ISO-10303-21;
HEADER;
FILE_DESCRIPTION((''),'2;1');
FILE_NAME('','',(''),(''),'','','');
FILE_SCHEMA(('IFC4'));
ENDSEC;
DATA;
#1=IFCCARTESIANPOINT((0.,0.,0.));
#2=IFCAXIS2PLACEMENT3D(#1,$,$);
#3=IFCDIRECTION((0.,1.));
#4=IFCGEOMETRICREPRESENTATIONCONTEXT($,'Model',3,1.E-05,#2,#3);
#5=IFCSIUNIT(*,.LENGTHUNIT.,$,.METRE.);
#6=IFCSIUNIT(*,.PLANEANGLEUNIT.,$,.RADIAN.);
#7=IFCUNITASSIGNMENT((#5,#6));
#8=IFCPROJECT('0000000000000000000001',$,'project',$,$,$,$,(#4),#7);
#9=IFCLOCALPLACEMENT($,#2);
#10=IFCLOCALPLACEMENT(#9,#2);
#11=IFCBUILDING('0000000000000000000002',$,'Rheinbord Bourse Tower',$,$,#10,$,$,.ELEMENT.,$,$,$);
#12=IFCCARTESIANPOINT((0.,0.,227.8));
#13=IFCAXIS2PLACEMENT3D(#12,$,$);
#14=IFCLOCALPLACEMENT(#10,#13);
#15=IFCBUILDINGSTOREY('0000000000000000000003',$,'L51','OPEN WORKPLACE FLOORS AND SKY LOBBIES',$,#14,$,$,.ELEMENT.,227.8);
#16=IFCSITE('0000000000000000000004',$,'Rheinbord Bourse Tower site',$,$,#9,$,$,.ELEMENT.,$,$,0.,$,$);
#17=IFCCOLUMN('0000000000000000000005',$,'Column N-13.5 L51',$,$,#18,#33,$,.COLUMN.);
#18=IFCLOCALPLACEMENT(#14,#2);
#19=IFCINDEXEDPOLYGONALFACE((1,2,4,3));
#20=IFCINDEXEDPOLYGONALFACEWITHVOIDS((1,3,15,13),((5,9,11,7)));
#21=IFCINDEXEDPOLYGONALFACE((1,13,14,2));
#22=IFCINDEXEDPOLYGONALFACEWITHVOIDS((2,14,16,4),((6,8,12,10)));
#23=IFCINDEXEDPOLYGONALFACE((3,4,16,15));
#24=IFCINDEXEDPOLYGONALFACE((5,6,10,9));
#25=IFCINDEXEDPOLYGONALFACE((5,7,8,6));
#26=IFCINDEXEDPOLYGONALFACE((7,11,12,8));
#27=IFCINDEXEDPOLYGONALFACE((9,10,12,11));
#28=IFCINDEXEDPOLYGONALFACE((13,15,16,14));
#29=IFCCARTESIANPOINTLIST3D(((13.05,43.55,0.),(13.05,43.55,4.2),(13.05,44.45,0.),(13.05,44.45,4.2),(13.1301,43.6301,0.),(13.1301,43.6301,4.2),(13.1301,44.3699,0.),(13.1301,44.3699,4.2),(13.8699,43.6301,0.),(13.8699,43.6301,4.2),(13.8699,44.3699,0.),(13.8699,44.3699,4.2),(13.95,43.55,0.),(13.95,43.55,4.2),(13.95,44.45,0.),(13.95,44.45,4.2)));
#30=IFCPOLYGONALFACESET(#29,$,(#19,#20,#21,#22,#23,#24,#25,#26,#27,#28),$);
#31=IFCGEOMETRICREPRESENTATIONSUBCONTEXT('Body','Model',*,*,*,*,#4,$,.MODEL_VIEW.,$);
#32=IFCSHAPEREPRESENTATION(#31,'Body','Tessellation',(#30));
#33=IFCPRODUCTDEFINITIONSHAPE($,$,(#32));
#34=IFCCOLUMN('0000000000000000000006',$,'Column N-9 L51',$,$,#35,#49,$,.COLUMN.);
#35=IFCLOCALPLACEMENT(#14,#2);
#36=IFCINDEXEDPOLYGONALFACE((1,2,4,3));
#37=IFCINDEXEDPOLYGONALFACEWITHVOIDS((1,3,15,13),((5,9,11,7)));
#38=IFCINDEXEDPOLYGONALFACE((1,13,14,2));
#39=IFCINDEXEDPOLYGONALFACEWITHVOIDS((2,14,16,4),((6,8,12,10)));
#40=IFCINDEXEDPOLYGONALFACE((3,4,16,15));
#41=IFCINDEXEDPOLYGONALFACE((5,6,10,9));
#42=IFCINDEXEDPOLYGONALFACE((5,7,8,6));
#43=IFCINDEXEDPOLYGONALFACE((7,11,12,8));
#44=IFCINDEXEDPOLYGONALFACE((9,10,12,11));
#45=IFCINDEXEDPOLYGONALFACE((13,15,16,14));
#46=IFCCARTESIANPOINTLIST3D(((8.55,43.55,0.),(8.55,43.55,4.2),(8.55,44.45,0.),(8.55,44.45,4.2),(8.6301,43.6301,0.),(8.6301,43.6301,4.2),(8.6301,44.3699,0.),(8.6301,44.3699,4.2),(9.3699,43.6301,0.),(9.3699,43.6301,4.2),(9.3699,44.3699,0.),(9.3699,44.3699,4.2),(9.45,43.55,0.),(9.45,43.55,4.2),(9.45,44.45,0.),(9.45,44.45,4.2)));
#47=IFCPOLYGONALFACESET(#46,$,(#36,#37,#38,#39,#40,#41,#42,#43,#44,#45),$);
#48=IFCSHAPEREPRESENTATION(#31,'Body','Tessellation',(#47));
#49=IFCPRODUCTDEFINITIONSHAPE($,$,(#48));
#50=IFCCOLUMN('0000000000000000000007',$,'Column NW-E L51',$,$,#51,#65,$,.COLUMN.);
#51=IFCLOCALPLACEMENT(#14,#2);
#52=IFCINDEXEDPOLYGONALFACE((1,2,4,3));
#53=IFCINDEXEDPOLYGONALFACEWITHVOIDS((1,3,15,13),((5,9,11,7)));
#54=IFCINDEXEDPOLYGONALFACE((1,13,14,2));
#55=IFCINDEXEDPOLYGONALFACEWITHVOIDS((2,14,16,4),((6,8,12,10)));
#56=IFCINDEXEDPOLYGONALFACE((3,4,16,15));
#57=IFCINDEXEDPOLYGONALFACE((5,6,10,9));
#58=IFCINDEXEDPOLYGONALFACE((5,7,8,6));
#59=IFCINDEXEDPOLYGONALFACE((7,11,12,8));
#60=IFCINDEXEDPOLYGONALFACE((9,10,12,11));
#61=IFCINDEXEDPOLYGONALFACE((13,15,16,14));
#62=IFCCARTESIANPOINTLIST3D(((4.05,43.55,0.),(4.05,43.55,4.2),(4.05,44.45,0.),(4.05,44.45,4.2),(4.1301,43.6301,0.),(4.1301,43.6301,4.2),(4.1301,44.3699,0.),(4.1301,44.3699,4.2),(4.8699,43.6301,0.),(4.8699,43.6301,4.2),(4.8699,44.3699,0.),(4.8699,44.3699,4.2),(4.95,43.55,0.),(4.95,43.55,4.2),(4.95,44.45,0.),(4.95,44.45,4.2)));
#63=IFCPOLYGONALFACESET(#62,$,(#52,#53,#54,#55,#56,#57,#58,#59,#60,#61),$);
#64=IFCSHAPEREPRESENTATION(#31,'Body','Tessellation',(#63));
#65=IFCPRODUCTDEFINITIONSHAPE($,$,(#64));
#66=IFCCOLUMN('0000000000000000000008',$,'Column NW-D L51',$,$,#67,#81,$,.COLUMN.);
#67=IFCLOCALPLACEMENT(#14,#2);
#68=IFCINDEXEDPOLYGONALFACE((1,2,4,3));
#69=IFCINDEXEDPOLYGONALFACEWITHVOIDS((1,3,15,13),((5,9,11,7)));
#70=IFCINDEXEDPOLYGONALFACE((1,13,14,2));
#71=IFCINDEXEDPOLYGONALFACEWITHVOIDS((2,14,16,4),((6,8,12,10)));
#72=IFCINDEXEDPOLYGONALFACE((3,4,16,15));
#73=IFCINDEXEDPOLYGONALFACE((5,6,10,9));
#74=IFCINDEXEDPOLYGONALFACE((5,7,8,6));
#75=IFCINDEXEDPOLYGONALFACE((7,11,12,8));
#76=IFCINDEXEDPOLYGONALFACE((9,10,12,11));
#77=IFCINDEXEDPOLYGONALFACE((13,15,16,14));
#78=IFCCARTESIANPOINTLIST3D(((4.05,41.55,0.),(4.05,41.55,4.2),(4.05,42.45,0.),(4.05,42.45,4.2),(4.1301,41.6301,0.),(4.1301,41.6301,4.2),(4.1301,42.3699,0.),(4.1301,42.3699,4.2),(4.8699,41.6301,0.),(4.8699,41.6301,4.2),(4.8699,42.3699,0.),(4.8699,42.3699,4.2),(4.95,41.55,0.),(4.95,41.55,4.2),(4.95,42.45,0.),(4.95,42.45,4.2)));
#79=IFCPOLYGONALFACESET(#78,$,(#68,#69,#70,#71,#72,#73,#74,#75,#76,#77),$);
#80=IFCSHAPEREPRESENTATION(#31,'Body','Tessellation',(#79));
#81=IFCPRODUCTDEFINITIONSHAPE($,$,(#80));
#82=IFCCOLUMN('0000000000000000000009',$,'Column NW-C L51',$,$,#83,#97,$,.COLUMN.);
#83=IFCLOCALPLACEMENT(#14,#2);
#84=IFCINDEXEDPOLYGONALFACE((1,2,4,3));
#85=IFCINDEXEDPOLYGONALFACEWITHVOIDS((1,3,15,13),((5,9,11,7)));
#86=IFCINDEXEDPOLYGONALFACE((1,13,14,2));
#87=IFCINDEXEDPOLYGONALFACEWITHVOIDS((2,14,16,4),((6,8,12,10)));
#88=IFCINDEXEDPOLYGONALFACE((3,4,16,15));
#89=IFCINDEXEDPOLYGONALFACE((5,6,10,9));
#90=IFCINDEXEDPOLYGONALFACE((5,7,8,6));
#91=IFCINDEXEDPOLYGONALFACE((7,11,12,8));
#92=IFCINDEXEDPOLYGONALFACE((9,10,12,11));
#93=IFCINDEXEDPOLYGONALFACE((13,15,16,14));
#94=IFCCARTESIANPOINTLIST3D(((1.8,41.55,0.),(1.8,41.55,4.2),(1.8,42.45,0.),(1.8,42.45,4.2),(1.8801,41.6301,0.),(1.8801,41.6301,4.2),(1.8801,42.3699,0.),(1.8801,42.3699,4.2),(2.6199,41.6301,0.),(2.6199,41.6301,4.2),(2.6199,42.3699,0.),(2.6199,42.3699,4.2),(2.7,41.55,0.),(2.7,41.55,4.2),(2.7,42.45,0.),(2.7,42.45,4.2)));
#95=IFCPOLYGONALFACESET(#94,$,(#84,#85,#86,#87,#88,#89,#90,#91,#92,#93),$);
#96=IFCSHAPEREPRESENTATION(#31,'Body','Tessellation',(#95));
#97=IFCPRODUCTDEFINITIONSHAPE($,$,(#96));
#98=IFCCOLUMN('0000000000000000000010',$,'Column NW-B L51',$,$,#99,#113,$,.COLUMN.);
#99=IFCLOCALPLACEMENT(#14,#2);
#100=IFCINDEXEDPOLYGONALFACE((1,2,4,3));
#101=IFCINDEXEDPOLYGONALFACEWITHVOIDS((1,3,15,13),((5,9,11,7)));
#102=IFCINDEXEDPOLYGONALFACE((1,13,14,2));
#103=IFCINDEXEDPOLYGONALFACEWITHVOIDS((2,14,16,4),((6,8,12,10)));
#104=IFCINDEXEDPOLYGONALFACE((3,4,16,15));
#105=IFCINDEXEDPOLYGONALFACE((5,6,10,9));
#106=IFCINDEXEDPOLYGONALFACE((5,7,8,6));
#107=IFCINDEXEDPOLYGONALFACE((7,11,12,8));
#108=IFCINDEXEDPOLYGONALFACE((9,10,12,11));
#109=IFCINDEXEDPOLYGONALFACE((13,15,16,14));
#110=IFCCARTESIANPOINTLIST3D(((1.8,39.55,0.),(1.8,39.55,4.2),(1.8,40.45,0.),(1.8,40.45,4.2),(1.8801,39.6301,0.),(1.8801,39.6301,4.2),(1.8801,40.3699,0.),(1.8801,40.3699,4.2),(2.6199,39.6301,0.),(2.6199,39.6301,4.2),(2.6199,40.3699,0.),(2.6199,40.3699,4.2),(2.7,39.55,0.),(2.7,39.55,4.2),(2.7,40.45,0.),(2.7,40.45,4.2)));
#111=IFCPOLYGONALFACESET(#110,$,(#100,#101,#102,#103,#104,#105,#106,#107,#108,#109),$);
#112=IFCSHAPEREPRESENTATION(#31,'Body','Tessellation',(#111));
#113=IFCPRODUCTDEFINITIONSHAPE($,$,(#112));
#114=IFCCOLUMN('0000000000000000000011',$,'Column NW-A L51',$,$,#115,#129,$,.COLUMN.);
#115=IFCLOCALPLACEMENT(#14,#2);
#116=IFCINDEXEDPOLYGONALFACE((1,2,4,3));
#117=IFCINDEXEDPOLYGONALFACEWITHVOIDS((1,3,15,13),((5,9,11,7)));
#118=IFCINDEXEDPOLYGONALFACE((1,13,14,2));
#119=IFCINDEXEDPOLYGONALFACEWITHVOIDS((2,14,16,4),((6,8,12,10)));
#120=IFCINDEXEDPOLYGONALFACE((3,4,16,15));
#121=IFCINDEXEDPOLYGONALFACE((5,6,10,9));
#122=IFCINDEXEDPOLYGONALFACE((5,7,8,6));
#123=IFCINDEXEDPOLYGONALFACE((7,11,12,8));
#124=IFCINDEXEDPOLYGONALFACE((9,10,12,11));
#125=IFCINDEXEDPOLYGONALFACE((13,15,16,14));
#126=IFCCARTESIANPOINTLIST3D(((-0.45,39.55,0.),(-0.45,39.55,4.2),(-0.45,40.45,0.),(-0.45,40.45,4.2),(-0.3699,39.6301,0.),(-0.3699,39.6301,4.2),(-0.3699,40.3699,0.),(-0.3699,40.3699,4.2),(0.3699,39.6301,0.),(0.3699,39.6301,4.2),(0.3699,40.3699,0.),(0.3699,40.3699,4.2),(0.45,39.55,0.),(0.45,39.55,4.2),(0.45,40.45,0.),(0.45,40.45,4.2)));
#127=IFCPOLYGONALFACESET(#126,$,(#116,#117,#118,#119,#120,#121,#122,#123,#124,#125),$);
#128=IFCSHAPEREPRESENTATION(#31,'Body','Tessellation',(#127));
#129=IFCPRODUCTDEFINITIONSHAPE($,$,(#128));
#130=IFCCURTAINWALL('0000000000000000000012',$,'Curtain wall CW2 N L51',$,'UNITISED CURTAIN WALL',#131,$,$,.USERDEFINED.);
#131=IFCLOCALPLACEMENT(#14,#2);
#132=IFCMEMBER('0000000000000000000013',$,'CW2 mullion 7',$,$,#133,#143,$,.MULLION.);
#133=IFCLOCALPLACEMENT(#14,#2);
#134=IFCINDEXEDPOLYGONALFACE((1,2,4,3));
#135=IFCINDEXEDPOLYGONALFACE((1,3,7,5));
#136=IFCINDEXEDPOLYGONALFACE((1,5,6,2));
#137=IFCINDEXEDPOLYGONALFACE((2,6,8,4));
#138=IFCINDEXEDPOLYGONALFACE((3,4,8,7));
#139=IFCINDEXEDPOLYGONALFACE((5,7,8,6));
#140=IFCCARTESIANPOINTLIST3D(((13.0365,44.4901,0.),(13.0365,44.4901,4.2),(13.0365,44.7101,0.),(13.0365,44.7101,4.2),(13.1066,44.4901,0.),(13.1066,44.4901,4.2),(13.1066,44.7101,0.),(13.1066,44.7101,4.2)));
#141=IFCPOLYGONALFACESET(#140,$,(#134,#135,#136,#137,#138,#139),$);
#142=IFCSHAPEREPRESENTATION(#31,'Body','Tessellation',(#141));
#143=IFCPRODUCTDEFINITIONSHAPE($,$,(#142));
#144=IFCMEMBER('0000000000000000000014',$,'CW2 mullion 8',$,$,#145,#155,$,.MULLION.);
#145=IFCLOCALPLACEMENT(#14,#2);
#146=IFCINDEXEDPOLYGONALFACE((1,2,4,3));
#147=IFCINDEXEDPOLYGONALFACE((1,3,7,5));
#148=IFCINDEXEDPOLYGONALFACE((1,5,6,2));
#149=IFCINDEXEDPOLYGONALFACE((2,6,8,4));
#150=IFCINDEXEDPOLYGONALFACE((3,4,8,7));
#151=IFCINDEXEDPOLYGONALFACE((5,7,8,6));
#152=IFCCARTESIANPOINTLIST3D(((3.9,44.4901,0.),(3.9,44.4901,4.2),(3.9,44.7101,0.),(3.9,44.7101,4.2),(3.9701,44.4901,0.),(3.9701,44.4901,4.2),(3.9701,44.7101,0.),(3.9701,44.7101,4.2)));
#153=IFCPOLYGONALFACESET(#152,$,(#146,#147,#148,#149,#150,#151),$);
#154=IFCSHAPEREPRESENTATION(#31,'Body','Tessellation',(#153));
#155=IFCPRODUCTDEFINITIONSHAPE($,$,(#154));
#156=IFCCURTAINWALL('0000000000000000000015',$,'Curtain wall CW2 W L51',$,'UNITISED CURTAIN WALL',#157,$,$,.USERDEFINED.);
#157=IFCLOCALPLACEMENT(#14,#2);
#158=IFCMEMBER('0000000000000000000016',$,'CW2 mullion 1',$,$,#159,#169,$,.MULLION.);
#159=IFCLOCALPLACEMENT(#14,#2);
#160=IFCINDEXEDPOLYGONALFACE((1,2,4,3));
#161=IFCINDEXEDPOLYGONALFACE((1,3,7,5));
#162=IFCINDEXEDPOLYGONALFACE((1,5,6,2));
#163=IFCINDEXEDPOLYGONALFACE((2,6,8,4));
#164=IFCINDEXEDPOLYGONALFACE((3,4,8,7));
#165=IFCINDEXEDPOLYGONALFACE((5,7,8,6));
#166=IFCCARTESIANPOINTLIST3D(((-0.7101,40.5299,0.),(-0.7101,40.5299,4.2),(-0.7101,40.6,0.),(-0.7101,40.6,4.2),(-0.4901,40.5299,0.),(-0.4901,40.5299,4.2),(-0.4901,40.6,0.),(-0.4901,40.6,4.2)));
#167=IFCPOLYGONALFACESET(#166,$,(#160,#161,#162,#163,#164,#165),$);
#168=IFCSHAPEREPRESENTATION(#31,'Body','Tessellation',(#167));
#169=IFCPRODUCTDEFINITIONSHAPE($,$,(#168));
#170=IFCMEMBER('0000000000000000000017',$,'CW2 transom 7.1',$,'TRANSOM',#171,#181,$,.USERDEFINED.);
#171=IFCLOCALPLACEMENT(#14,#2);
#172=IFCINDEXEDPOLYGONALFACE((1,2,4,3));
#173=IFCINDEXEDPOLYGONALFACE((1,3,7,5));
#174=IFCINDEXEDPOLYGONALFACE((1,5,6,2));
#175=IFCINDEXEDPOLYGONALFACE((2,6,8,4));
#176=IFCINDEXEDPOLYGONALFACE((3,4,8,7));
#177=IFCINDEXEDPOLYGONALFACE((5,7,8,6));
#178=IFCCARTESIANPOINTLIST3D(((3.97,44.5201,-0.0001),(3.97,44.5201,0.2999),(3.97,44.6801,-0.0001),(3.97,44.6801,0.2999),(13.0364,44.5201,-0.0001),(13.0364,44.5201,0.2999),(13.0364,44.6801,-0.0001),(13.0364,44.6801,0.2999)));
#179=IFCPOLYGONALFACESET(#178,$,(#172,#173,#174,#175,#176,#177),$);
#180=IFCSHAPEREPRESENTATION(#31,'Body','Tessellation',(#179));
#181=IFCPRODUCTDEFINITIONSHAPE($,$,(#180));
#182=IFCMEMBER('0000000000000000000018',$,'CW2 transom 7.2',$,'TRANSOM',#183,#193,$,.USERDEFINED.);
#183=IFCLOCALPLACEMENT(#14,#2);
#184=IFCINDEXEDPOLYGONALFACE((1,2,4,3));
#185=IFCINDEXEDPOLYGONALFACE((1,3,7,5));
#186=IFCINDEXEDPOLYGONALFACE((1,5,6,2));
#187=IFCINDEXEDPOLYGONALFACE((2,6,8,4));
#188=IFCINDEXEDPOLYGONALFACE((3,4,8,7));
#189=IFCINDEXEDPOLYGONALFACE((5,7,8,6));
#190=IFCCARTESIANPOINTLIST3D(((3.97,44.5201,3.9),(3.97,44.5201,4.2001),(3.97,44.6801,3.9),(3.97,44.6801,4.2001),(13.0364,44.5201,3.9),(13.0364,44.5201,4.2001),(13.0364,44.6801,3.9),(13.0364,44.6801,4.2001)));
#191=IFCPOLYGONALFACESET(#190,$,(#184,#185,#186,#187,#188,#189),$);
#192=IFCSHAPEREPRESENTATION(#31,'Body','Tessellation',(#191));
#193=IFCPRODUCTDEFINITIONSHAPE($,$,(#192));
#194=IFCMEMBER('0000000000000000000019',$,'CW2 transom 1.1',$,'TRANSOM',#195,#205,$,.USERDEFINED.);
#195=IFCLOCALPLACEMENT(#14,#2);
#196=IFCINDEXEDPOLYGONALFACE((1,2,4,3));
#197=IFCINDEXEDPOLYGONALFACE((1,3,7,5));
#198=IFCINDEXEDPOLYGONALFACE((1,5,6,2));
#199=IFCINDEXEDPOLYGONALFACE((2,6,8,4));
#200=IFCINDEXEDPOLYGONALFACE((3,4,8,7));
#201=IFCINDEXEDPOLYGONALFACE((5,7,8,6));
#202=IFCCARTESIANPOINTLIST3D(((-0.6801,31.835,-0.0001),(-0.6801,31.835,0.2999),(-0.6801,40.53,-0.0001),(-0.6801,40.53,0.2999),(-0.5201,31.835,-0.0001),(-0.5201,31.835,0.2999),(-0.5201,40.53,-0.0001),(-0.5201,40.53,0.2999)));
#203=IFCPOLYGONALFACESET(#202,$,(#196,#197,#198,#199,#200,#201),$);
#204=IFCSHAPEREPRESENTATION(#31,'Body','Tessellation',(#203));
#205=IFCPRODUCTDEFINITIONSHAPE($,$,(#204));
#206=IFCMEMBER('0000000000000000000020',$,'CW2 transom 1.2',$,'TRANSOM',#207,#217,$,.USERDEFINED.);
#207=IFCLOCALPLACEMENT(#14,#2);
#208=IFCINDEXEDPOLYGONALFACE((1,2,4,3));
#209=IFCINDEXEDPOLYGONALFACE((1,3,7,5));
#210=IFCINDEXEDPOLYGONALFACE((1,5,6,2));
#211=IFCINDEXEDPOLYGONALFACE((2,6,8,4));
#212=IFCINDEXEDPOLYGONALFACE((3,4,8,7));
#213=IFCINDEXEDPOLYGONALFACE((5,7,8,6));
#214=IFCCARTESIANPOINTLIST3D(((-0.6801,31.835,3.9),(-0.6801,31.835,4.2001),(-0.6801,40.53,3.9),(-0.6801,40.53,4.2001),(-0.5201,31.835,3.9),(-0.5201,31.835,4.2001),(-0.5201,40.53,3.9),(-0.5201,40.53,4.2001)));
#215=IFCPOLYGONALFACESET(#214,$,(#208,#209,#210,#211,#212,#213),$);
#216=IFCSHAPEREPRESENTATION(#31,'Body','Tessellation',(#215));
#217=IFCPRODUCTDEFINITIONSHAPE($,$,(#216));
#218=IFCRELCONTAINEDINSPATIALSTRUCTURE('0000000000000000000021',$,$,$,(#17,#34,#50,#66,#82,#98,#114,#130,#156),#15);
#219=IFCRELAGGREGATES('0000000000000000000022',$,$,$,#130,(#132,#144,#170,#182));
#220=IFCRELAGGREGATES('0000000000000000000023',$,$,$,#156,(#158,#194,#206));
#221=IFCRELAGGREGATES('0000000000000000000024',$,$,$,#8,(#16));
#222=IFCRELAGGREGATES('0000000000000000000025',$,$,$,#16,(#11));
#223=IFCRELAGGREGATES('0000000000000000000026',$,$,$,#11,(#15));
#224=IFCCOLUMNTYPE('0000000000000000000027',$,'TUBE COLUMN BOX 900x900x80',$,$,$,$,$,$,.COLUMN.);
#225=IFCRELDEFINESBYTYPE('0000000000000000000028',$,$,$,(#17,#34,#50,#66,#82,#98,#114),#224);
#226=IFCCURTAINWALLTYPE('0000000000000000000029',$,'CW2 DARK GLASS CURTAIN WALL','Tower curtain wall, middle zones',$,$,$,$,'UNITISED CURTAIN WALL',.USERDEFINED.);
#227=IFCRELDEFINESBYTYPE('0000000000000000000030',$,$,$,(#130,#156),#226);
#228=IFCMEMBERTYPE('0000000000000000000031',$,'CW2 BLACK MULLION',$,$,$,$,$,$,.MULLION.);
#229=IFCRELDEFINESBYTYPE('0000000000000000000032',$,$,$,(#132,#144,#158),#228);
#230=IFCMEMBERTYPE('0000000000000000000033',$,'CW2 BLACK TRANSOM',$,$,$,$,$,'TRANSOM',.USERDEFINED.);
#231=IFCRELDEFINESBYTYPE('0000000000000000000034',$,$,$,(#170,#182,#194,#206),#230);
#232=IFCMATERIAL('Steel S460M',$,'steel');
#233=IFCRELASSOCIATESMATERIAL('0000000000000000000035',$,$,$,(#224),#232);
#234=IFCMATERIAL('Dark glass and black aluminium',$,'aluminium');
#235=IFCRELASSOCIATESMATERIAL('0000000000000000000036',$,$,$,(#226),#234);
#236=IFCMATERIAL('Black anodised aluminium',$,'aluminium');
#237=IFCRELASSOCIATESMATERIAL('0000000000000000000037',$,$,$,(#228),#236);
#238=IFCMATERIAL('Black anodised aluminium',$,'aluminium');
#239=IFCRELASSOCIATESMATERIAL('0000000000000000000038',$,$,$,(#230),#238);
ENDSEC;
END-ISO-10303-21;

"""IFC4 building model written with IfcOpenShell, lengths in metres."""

from ifc_helpers import new_model, si_unit, direction, frame, origin, origin_2d, place, context, subcontext, project, spatial, rectangle, hollow_rectangle, extrude, material, material_profile, profile_set, type_object, element, aggregate, save


model = new_model("IFC4")

# Units and contexts
model_context = context("Model", 3, precision=1e-05, world=origin(), true_north=direction((0.0, 1.0)))
body_context = subcontext(model_context, "Body", "Model", "MODEL_VIEW")
ifc_project = project(units=[si_unit("LENGTHUNIT", "METRE"), si_unit("PLANEANGLEUNIT", "RADIAN")], contexts=[model_context])

# Site, building, storey
site_placement = place(None, origin())
site = spatial("IfcSite", under=ifc_project, at=site_placement, Name="Rheinbord Bourse Tower site", CompositionType="ELEMENT", RefElevation=0.0)
building_placement = place(site_placement, origin())
building = spatial("IfcBuilding", under=site, at=building_placement, Name="Rheinbord Bourse Tower", CompositionType="ELEMENT")
storey_placement = place(building_placement, frame((0.0, 0.0, 227.8)))
storey = spatial("IfcBuildingStorey", under=building, at=storey_placement, Name="L51", Description="OPEN WORKPLACE FLOORS AND SKY LOBBIES", CompositionType="ELEMENT", Elevation=227.8)

# Columns
ifc_material_1 = material(Name="Steel S460M", Category="steel")
ifc_material_profile_1 = material_profile(ifc_material_1, hollow_rectangle(XDim=0.8999, YDim=0.8999, WallThickness=0.0801, at=origin_2d()), Name="BOX 900x900x80")
ifc_profile_set_1 = profile_set([ifc_material_profile_1], Name="Steel S460M")
column_type = type_object("IfcColumnType", Name="TUBE COLUMN BOX 900x900x80", PredefinedType="COLUMN", material=ifc_profile_set_1)
for number, where, z_axis, x_axis, name in (
    (1, (13.5, 44.0, 0.0), (0.0, 0.0, 1.0), (0.0, 1.0, 0.0), "Column N-13.5 L51"),
    (2, (9.0, 44.0, 0.0), (0.0, 0.0, 1.0), (0.0, 1.0, 0.0), "Column N-9 L51"),
    (3, (4.5, 44.0, 0.0), (0.0, 0.0, 1.0), (0.0, 1.0, 0.0), "Column NW-E L51"),
    (4, (4.5, 42.0, 0.0), (0.0, 0.0, 1.0), (0.0, 1.0, 0.0), "Column NW-D L51"),
    (5, (2.25, 42.0, 0.0), (0.0, 0.0, 1.0), (1.0, 0.0, 0.0), "Column NW-C L51"),
    (6, (2.25, 40.0, 0.0), (0.0, 0.0, 1.0), (1.0, 0.0, 0.0), "Column NW-B L51"),
    (7, (0.0, 40.0, 0.0), (0.0, 0.0, 1.0), (1.0, 0.0, 0.0), "Column NW-A L51"),
):
    element("IfcColumn", number, at=place(storey_placement, frame(where, z_axis=z_axis, x_axis=x_axis)), inside=storey, type_object=column_type, Name=name, PredefinedType="COLUMN", context=body_context, shape_type="SweptSolid", body=[
        extrude(hollow_rectangle(XDim=0.8999, YDim=0.8999, WallThickness=0.0801, at=origin_2d()), origin(), (0.0, 0.0, 1.0), 4.2),
    ])

# Curtain wall, members
ifc_material_2 = material(Name="Dark glass and black aluminium", Category="aluminium")
curtain_wall_type = type_object("IfcCurtainWallType", Name="CW2 DARK GLASS CURTAIN WALL", Description="Tower curtain wall, middle zones", ElementType="UNITISED CURTAIN WALL", PredefinedType="USERDEFINED", material=ifc_material_2)
curtain_wall_1_placement = place(storey_placement, origin())
curtain_wall_1 = element("IfcCurtainWall", 8, at=curtain_wall_1_placement, inside=storey, type_object=curtain_wall_type, Name="Curtain wall CW2 N L51", ObjectType="UNITISED CURTAIN WALL", PredefinedType="USERDEFINED")
ifc_material_3 = material(Name="Black anodised aluminium", Category="aluminium")
ifc_material_profile_2 = material_profile(ifc_material_3, rectangle(XDim=0.22, YDim=0.0701, at=origin_2d()), Name="CW2 MULLION 70x220")
ifc_profile_set_2 = profile_set([ifc_material_profile_2], Name="Black anodised aluminium")
member_type_1 = type_object("IfcMemberType", Name="CW2 BLACK MULLION", PredefinedType="MULLION", material=ifc_profile_set_2)
member_1_placement = place(storey_placement, frame((13.0715, 44.6001, 0.0), z_axis=(0.0, 0.0, 1.0), x_axis=(0.0, -1.0, 0.0)))
member_1 = element("IfcMember", 9, at=member_1_placement, type_object=member_type_1, Name="CW2 mullion 7", PredefinedType="MULLION", context=body_context, shape_type="SweptSolid", body=[
    extrude(rectangle(XDim=0.22, YDim=0.0701, at=origin_2d()), origin(), (0.0, 0.0, 1.0), 4.2),
])
member_2_placement = place(storey_placement, frame((3.9351, 44.6001, 0.0), z_axis=(0.0, 0.0, 1.0), x_axis=(0.0, -1.0, 0.0)))
member_2 = element("IfcMember", 10, at=member_2_placement, type_object=member_type_1, Name="CW2 mullion 8", PredefinedType="MULLION", context=body_context, shape_type="SweptSolid", body=[
    extrude(rectangle(XDim=0.22, YDim=0.0701, at=origin_2d()), origin(), (0.0, 0.0, 1.0), 4.2),
])

# Curtain wall, member
curtain_wall_2_placement = place(storey_placement, origin())
curtain_wall_2 = element("IfcCurtainWall", 11, at=curtain_wall_2_placement, inside=storey, type_object=curtain_wall_type, Name="Curtain wall CW2 W L51", ObjectType="UNITISED CURTAIN WALL", PredefinedType="USERDEFINED")
member_3_placement = place(storey_placement, frame((-0.6001, 40.5649, 0.0), z_axis=(0.0, 0.0, 1.0), x_axis=(1.0, 0.0, 0.0)))
member_3 = element("IfcMember", 12, at=member_3_placement, type_object=member_type_1, Name="CW2 mullion 1", PredefinedType="MULLION", context=body_context, shape_type="SweptSolid", body=[
    extrude(rectangle(XDim=0.22, YDim=0.0701, at=origin_2d()), origin(), (0.0, 0.0, 1.0), 4.2),
])

# Members
ifc_material_4 = material(Name="Black anodised aluminium", Category="aluminium")
ifc_material_profile_3 = material_profile(ifc_material_4, rectangle(XDim=0.1599, YDim=0.3, at=origin_2d()), Name="CW2 TRANSOM 300x160")
ifc_profile_set_3 = profile_set([ifc_material_profile_3], Name="Black anodised aluminium")
member_type_2 = type_object("IfcMemberType", Name="CW2 BLACK TRANSOM", ElementType="TRANSOM", PredefinedType="USERDEFINED", material=ifc_profile_set_3)
member_4_placement = place(storey_placement, frame((13.0364, 44.6001, 0.1499), z_axis=(-1.0, 0.0, 0.0), x_axis=(0.0, -1.0, 0.0)))
member_4 = element("IfcMember", 13, at=member_4_placement, type_object=member_type_2, Name="CW2 transom 7.1", ObjectType="TRANSOM", PredefinedType="USERDEFINED", context=body_context, shape_type="SweptSolid", body=[
    extrude(rectangle(XDim=0.1599, YDim=0.3, at=origin_2d()), origin(), (0.0, 0.0, 1.0), 9.0664),
])
member_5_placement = place(storey_placement, frame((13.0364, 44.6001, 4.05), z_axis=(-1.0, 0.0, 0.0), x_axis=(0.0, -1.0, 0.0)))
member_5 = element("IfcMember", 14, at=member_5_placement, type_object=member_type_2, Name="CW2 transom 7.2", ObjectType="TRANSOM", PredefinedType="USERDEFINED", context=body_context, shape_type="SweptSolid", body=[
    extrude(rectangle(XDim=0.1599, YDim=0.3, at=origin_2d()), origin(), (0.0, 0.0, 1.0), 9.0664),
])
member_6_placement = place(storey_placement, frame((-0.6001, 40.53, 0.1499), z_axis=(0.0, -1.0, 0.0), x_axis=(1.0, 0.0, 0.0)))
member_6 = element("IfcMember", 15, at=member_6_placement, type_object=member_type_2, Name="CW2 transom 1.1", ObjectType="TRANSOM", PredefinedType="USERDEFINED", context=body_context, shape_type="SweptSolid", body=[
    extrude(rectangle(XDim=0.1599, YDim=0.3, at=origin_2d()), origin(), (0.0, 0.0, 1.0), 8.6951),
])
member_7_placement = place(storey_placement, frame((-0.6001, 40.53, 4.05), z_axis=(0.0, -1.0, 0.0), x_axis=(1.0, 0.0, 0.0)))
member_7 = element("IfcMember", 16, at=member_7_placement, type_object=member_type_2, Name="CW2 transom 1.2", ObjectType="TRANSOM", PredefinedType="USERDEFINED", context=body_context, shape_type="SweptSolid", body=[
    extrude(rectangle(XDim=0.1599, YDim=0.3, at=origin_2d()), origin(), (0.0, 0.0, 1.0), 8.6951),
])

aggregate(curtain_wall_1, [member_1, member_2, member_4, member_5])
aggregate(curtain_wall_2, [member_3, member_6, member_7])

save(model, "model.ifc")
